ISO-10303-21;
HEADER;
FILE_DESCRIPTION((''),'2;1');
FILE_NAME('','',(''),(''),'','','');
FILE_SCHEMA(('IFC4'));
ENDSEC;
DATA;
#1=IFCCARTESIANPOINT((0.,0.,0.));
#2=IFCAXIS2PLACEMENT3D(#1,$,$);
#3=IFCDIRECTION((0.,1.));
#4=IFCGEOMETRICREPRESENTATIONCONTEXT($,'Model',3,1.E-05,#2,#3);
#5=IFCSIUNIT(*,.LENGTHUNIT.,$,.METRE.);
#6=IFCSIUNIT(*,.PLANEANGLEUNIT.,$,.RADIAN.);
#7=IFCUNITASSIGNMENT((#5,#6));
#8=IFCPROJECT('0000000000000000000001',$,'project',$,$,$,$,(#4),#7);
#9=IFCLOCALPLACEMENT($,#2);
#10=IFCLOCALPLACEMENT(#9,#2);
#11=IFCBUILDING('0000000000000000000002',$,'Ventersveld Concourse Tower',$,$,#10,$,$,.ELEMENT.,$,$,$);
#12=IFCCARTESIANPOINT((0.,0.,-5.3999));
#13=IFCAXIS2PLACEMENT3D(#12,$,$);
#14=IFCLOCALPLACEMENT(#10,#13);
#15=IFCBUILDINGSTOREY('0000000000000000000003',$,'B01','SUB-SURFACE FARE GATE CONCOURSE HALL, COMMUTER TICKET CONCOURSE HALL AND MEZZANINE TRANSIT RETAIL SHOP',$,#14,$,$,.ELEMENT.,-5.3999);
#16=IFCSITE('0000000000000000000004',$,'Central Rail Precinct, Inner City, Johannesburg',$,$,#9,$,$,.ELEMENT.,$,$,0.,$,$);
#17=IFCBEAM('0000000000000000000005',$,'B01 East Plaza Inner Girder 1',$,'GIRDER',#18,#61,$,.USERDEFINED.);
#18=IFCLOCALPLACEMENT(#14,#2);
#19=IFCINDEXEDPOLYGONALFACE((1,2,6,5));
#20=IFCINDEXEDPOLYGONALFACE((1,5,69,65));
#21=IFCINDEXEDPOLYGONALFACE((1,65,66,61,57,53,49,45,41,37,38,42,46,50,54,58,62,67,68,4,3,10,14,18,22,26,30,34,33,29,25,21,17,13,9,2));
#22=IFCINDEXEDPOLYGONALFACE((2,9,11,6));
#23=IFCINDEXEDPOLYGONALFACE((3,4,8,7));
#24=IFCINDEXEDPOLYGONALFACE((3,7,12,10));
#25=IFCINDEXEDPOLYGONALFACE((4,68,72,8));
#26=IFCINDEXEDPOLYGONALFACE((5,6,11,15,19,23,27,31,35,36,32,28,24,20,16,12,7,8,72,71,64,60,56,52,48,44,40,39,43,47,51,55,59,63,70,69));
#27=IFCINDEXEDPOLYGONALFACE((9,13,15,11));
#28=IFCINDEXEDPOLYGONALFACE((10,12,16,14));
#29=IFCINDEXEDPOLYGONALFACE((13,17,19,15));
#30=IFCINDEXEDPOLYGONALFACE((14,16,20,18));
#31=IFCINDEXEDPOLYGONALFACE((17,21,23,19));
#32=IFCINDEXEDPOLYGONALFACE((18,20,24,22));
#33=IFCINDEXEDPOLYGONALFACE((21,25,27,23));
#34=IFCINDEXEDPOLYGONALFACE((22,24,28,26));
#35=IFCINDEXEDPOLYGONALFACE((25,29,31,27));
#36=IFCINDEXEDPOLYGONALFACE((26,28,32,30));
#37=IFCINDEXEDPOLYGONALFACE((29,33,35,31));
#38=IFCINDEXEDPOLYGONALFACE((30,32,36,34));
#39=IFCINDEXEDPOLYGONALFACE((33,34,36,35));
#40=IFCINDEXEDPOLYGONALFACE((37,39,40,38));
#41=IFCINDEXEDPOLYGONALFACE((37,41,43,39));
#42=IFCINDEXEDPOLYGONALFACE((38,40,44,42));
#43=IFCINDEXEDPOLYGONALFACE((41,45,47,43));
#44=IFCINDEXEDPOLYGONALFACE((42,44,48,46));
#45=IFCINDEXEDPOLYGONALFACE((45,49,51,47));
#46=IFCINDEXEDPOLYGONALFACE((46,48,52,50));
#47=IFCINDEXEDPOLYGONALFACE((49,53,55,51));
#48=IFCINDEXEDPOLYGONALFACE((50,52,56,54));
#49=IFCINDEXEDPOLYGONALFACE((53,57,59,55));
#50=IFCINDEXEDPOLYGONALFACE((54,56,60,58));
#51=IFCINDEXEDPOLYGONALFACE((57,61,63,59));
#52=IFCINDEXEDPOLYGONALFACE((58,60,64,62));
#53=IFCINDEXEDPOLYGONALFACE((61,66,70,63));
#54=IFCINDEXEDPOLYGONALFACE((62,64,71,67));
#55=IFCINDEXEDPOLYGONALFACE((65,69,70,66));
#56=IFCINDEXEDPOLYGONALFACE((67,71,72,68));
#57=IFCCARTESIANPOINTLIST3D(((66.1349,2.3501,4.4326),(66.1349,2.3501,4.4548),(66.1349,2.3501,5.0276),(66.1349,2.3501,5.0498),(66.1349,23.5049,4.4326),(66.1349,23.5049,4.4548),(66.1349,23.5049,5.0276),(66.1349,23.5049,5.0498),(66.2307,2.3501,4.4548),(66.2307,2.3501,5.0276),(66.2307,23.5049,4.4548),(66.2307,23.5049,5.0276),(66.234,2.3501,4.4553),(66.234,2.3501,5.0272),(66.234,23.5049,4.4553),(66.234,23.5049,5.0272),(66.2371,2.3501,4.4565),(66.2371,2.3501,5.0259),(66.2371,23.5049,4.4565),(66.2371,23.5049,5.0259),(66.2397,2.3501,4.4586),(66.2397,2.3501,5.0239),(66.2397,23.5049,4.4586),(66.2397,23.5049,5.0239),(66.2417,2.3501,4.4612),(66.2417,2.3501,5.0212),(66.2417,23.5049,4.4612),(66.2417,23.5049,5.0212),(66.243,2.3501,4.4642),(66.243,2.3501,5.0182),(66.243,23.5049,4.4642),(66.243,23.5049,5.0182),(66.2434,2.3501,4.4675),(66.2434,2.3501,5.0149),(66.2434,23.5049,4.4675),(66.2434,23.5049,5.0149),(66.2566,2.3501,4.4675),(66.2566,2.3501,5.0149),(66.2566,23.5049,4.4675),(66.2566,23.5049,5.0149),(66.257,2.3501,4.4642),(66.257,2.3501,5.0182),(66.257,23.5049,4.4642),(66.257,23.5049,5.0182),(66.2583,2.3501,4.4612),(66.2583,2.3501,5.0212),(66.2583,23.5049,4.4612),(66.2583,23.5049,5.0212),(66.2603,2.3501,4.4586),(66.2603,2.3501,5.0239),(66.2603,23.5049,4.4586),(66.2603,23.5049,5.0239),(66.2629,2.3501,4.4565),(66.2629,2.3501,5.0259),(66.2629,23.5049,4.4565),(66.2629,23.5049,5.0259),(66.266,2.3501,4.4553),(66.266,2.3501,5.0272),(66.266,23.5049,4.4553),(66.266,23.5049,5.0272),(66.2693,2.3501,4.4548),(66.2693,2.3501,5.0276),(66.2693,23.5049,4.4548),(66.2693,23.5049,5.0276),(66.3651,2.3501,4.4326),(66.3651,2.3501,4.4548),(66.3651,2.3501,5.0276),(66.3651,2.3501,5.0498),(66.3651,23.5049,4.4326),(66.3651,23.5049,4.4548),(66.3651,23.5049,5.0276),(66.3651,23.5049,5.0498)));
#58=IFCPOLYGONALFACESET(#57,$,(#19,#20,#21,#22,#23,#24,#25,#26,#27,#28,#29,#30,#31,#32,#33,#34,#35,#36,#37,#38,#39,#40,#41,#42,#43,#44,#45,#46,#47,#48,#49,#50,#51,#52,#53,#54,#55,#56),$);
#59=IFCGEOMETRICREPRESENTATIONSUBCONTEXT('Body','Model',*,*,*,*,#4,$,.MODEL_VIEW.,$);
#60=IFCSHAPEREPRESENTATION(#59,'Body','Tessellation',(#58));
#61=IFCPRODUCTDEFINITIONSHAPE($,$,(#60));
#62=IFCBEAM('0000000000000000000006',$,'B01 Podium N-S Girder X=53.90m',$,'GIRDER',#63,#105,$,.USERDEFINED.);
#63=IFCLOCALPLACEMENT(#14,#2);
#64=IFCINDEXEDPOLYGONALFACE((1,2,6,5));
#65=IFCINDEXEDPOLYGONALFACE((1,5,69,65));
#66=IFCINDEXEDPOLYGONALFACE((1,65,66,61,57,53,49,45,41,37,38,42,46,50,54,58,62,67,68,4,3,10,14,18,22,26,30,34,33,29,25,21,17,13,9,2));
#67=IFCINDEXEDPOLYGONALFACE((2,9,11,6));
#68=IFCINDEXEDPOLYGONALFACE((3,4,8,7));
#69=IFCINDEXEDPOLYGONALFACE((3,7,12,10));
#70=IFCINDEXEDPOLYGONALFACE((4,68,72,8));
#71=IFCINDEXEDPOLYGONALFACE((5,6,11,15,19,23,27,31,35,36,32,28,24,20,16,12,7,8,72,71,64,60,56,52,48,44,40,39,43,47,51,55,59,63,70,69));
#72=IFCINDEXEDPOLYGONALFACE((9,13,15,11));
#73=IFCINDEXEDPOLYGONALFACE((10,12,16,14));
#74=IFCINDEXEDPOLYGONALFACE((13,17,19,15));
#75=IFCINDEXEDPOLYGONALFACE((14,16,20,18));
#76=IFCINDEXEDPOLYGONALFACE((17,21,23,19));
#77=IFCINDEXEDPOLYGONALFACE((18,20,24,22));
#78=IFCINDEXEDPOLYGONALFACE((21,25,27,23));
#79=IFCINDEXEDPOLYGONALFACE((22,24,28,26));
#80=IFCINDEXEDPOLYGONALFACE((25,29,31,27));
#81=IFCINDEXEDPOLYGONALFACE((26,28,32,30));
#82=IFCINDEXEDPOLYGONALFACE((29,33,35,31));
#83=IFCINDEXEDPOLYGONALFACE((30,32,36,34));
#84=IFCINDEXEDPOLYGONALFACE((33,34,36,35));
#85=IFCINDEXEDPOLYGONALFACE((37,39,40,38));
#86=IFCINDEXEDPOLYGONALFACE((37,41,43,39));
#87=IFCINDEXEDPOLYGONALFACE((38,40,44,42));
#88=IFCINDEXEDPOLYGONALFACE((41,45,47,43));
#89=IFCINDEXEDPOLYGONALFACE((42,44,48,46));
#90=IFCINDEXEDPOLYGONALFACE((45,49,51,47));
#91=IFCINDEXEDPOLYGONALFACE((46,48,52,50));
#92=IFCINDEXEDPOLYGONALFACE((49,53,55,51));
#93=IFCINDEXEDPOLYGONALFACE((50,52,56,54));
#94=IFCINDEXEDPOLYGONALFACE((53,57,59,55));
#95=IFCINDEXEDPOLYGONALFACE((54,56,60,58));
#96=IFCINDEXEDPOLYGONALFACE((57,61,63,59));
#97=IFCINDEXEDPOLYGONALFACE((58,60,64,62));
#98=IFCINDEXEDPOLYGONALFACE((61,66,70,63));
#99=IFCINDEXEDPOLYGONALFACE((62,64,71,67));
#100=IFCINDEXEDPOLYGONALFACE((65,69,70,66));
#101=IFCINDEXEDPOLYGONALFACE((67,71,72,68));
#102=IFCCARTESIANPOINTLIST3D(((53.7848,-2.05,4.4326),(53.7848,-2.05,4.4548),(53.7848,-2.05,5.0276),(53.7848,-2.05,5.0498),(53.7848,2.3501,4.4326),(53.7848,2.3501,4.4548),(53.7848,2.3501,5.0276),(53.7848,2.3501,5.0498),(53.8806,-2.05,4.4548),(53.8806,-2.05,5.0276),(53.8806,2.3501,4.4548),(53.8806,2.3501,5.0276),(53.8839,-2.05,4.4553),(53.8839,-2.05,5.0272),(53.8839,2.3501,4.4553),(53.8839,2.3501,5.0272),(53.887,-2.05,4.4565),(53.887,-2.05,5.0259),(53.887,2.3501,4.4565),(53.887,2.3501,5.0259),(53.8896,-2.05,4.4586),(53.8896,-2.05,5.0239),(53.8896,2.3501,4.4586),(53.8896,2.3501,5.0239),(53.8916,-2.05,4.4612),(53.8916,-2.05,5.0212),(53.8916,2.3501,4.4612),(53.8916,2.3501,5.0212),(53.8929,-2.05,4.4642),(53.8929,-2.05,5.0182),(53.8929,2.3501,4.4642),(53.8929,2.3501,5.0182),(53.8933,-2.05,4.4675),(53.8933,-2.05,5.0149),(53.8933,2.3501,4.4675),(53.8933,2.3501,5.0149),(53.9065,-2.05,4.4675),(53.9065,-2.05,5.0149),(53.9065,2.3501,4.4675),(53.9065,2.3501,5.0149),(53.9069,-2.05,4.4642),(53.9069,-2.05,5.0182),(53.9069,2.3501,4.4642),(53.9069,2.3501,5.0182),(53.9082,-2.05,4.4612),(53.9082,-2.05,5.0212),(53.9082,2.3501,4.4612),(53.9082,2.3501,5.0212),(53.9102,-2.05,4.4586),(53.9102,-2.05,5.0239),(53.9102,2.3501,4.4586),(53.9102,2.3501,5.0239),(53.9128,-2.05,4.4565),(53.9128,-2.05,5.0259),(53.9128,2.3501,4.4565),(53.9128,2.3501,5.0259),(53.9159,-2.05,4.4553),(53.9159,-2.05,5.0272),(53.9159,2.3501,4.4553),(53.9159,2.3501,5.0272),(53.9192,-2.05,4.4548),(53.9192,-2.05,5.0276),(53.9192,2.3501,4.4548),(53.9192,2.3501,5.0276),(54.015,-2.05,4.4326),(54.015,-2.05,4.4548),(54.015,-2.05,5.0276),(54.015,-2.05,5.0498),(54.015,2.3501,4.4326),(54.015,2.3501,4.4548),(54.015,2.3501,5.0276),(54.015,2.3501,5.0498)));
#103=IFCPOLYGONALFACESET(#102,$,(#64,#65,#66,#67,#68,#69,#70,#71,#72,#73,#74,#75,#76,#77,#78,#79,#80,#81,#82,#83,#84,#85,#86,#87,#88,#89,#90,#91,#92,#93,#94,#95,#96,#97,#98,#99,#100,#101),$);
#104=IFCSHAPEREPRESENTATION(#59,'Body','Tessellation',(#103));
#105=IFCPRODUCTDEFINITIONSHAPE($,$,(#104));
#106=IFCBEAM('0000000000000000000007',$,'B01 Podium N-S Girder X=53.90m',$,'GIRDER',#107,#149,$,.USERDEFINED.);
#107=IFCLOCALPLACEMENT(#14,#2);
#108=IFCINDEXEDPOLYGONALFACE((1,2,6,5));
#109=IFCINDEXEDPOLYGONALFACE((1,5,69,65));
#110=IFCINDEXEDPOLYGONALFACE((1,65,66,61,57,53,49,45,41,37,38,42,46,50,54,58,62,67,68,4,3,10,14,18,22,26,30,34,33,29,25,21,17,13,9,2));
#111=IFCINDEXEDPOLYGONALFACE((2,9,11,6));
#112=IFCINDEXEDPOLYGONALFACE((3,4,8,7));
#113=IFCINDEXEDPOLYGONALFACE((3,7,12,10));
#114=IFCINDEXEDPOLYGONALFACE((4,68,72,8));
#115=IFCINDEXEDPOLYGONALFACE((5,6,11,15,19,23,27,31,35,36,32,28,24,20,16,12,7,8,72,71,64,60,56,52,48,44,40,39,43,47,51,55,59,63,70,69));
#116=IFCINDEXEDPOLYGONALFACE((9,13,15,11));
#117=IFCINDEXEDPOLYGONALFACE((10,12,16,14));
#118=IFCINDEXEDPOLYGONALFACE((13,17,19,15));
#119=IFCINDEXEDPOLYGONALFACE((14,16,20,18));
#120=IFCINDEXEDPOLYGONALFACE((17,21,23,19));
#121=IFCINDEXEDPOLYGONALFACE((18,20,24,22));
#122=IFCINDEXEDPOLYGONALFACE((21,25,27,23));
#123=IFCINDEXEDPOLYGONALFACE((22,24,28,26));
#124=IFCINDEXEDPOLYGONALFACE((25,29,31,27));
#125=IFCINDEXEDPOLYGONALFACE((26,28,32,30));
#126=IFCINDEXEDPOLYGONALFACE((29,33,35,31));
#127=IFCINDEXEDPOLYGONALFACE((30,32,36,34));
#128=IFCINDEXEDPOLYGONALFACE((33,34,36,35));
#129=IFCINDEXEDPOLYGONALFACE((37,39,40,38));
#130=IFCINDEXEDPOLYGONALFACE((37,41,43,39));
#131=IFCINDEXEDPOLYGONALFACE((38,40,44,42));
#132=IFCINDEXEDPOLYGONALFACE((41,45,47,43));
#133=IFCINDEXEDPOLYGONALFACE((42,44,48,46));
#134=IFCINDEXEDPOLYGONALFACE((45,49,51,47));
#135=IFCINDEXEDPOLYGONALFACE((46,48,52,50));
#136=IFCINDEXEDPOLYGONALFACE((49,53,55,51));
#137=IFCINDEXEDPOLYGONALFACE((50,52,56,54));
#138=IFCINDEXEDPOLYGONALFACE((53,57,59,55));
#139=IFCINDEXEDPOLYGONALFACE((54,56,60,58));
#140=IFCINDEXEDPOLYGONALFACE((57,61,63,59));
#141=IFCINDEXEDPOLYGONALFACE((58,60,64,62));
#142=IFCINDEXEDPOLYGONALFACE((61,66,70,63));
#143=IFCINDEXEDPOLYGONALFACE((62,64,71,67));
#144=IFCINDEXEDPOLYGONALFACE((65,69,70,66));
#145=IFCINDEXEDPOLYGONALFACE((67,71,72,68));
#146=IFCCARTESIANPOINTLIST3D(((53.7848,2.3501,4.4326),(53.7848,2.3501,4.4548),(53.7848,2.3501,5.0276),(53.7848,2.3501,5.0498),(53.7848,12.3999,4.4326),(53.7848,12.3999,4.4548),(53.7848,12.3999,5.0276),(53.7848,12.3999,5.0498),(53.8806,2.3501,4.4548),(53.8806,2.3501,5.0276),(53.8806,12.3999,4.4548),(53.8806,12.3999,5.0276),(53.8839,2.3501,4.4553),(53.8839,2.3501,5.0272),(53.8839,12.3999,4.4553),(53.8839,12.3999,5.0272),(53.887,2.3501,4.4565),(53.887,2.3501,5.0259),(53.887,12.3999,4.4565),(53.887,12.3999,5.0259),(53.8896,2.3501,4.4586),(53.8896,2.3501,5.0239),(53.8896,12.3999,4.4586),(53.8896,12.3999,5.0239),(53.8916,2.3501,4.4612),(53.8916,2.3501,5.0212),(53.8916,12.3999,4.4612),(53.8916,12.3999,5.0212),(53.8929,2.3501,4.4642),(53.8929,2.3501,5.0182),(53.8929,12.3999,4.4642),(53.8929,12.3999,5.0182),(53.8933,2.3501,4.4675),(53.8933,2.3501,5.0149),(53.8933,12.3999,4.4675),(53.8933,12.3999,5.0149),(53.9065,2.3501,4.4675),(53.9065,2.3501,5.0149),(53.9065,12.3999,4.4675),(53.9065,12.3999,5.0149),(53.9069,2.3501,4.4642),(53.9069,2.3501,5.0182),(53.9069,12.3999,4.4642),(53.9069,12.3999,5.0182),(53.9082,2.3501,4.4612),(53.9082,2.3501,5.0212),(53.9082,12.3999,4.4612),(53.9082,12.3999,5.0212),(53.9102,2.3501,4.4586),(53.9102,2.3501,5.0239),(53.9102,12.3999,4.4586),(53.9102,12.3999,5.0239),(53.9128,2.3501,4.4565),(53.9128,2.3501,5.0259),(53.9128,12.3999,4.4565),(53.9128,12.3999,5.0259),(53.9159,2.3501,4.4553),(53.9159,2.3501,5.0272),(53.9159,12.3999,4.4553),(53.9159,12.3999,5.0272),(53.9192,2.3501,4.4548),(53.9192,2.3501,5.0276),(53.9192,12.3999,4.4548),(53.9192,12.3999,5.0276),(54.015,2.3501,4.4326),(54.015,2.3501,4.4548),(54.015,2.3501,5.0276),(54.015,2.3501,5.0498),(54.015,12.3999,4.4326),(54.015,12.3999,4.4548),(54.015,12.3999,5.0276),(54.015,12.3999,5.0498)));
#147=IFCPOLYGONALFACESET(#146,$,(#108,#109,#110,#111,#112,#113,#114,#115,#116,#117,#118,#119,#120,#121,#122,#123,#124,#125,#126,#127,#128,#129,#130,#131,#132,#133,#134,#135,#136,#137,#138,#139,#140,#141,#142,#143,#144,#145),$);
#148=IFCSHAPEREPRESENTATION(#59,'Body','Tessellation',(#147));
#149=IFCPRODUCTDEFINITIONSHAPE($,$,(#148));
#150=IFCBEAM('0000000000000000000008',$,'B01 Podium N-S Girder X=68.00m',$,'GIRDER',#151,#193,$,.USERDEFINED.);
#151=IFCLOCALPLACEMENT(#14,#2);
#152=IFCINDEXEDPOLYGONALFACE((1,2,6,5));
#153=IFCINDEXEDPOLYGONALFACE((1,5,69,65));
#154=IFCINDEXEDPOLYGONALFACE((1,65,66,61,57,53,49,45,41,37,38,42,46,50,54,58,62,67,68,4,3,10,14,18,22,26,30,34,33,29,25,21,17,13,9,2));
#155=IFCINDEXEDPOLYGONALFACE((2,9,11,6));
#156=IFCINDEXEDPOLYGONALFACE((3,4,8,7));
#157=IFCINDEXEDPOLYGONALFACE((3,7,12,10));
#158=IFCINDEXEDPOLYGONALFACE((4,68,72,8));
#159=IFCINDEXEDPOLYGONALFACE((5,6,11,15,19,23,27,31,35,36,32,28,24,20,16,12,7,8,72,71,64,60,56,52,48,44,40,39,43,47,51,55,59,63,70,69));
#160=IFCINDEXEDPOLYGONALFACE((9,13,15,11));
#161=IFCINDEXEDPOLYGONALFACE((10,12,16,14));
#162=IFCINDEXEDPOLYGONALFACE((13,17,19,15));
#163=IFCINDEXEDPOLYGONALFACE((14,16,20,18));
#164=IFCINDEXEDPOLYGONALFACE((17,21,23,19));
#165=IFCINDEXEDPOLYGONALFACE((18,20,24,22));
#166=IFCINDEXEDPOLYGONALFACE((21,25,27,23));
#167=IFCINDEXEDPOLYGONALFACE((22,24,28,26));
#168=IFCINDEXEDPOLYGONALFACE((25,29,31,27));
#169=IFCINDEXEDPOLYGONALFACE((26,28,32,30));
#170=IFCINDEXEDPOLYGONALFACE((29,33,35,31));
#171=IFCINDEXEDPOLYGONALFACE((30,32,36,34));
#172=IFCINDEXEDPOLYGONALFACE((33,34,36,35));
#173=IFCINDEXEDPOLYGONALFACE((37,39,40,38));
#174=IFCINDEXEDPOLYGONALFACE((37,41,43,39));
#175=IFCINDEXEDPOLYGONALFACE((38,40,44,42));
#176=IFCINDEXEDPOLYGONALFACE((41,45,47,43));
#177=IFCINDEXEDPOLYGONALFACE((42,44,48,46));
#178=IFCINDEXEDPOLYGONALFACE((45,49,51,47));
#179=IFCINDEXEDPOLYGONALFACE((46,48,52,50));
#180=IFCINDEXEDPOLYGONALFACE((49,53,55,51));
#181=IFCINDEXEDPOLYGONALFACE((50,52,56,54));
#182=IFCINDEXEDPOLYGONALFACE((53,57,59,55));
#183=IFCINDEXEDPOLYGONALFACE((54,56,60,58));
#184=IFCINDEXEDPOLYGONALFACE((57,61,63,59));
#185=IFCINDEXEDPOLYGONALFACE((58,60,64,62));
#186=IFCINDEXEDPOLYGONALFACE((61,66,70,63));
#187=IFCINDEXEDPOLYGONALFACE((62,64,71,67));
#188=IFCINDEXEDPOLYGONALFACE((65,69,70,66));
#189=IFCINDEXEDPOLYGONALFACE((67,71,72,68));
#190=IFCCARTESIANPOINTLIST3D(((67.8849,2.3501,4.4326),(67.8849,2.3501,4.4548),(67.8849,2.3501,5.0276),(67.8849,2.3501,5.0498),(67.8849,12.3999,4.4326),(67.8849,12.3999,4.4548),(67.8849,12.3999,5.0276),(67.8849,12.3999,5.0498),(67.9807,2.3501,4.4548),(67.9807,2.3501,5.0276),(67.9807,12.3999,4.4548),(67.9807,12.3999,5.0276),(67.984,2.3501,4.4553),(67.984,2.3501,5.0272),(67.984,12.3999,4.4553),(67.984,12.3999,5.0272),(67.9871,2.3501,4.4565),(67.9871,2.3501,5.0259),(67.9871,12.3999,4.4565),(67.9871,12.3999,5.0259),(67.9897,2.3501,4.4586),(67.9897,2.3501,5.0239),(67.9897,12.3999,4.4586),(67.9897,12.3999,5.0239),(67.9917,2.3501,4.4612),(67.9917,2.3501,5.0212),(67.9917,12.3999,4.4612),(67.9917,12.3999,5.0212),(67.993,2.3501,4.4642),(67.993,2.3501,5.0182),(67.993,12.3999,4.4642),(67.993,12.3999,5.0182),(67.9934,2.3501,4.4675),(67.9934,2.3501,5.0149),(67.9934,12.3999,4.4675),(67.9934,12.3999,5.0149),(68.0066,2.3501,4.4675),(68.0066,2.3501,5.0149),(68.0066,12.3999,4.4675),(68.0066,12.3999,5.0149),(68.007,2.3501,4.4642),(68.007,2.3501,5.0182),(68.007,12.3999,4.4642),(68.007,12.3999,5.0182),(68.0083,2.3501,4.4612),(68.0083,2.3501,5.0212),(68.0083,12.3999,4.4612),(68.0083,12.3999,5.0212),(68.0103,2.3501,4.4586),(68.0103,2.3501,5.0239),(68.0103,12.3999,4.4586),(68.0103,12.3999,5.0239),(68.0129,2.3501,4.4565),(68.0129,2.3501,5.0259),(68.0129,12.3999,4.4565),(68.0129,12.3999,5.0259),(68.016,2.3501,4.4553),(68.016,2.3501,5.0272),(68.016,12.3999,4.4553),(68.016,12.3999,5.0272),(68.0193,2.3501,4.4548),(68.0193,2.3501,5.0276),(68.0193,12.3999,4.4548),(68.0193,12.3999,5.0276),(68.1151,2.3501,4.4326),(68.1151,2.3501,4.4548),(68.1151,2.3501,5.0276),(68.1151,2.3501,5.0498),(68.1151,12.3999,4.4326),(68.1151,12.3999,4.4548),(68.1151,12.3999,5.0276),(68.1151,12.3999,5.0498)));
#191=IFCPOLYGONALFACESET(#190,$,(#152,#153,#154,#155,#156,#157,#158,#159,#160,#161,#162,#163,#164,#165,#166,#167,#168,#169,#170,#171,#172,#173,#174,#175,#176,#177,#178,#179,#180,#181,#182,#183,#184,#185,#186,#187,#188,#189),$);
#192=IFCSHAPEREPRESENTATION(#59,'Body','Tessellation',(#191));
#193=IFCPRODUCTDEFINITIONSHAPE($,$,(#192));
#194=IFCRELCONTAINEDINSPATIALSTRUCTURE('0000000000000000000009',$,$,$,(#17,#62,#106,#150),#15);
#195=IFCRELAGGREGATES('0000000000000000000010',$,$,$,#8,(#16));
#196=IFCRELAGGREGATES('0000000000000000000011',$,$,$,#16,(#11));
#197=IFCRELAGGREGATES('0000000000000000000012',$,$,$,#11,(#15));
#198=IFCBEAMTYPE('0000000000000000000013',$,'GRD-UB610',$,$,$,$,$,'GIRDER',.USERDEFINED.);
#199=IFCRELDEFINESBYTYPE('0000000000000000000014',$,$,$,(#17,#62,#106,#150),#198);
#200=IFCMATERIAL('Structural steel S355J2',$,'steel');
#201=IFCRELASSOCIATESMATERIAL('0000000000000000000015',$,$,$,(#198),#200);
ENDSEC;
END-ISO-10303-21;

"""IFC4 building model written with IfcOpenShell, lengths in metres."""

from ifc_helpers import new_model, si_unit, direction, frame, origin, origin_2d, place, context, subcontext, project, spatial, i_section, extrude, material, material_profile, profile_set, type_object, element, save


model = new_model("IFC4")

# Units and contexts
model_context = context("Model", 3, precision=1e-05, world=origin(), true_north=direction((0.0, 1.0)))
body_context = subcontext(model_context, "Body", "Model", "MODEL_VIEW")
ifc_project = project(units=[si_unit("LENGTHUNIT", "METRE"), si_unit("PLANEANGLEUNIT", "RADIAN")], contexts=[model_context])

# Site, building, storey
site_placement = place(None, origin())
site = spatial("IfcSite", under=ifc_project, at=site_placement, Name="Central Rail Precinct, Inner City, Johannesburg", CompositionType="ELEMENT", RefElevation=0.0)
building_placement = place(site_placement, origin())
building = spatial("IfcBuilding", under=site, at=building_placement, Name="Ventersveld Concourse Tower", CompositionType="ELEMENT")
storey_placement = place(building_placement, frame((0.0, 0.0, -5.3999)))
storey = spatial("IfcBuildingStorey", under=building, at=storey_placement, Name="B01", Description="SUB-SURFACE FARE GATE CONCOURSE HALL, COMMUTER TICKET CONCOURSE HALL AND MEZZANINE TRANSIT RETAIL SHOP", CompositionType="ELEMENT", Elevation=-5.3999)

# Beams
ifc_material_1 = material(Name="Structural steel S355J2", Category="steel")
ifc_material_profile_1 = material_profile(ifc_material_1, i_section(OverallWidth=0.2302, OverallDepth=0.6172, WebThickness=0.0132, FlangeThickness=0.0222, FilletRadius=0.0127, at=origin_2d()), Name="UB 610x229x140")
ifc_profile_set_1 = profile_set([ifc_material_profile_1], Name="Structural steel S355J2")
beam_type = type_object("IfcBeamType", Name="GRD-UB610", ElementType="GIRDER", PredefinedType="USERDEFINED", material=ifc_profile_set_1)
beam_1_placement = place(storey_placement, frame((66.25, 2.3501, 4.7412), z_axis=(0.0, 1.0, 0.0), x_axis=(-1.0, 0.0, 0.0)))
element("IfcBeam", 1, at=beam_1_placement, inside=storey, type_object=beam_type, Name="B01 East Plaza Inner Girder 1", ObjectType="GIRDER", PredefinedType="USERDEFINED", context=body_context, shape_type="SweptSolid", body=[
    extrude(i_section(OverallWidth=0.2302, OverallDepth=0.6172, WebThickness=0.0132, FlangeThickness=0.0222, FilletRadius=0.0127, at=origin_2d()), origin(), (0.0, 0.0, 1.0), 21.1548),
])
beam_2_placement = place(storey_placement, frame((53.8999, -2.05, 4.7412), z_axis=(0.0, 1.0, 0.0), x_axis=(-1.0, 0.0, 0.0)))
element("IfcBeam", 2, at=beam_2_placement, inside=storey, type_object=beam_type, Name="B01 Podium N-S Girder X=53.90m", ObjectType="GIRDER", PredefinedType="USERDEFINED", context=body_context, shape_type="SweptSolid", body=[
    extrude(i_section(OverallWidth=0.2302, OverallDepth=0.6172, WebThickness=0.0132, FlangeThickness=0.0222, FilletRadius=0.0127, at=origin_2d()), origin(), (0.0, 0.0, 1.0), 4.4001),
])
for number, where, z_axis, x_axis, name in (
    (3, (53.8999, 2.3501, 4.7412), (0.0, 1.0, 0.0), (-1.0, 0.0, 0.0), "B01 Podium N-S Girder X=53.90m"),
    (4, (68.0, 2.3501, 4.7412), (0.0, 1.0, 0.0), (-1.0, 0.0, 0.0), "B01 Podium N-S Girder X=68.00m"),
):
    element("IfcBeam", number, at=place(storey_placement, frame(where, z_axis=z_axis, x_axis=x_axis)), inside=storey, type_object=beam_type, Name=name, ObjectType="GIRDER", PredefinedType="USERDEFINED", context=body_context, shape_type="SweptSolid", body=[
        extrude(i_section(OverallWidth=0.2302, OverallDepth=0.6172, WebThickness=0.0132, FlangeThickness=0.0222, FilletRadius=0.0127, at=origin_2d()), origin(), (0.0, 0.0, 1.0), 10.0498),
    ])

save(model, "model.ifc")
